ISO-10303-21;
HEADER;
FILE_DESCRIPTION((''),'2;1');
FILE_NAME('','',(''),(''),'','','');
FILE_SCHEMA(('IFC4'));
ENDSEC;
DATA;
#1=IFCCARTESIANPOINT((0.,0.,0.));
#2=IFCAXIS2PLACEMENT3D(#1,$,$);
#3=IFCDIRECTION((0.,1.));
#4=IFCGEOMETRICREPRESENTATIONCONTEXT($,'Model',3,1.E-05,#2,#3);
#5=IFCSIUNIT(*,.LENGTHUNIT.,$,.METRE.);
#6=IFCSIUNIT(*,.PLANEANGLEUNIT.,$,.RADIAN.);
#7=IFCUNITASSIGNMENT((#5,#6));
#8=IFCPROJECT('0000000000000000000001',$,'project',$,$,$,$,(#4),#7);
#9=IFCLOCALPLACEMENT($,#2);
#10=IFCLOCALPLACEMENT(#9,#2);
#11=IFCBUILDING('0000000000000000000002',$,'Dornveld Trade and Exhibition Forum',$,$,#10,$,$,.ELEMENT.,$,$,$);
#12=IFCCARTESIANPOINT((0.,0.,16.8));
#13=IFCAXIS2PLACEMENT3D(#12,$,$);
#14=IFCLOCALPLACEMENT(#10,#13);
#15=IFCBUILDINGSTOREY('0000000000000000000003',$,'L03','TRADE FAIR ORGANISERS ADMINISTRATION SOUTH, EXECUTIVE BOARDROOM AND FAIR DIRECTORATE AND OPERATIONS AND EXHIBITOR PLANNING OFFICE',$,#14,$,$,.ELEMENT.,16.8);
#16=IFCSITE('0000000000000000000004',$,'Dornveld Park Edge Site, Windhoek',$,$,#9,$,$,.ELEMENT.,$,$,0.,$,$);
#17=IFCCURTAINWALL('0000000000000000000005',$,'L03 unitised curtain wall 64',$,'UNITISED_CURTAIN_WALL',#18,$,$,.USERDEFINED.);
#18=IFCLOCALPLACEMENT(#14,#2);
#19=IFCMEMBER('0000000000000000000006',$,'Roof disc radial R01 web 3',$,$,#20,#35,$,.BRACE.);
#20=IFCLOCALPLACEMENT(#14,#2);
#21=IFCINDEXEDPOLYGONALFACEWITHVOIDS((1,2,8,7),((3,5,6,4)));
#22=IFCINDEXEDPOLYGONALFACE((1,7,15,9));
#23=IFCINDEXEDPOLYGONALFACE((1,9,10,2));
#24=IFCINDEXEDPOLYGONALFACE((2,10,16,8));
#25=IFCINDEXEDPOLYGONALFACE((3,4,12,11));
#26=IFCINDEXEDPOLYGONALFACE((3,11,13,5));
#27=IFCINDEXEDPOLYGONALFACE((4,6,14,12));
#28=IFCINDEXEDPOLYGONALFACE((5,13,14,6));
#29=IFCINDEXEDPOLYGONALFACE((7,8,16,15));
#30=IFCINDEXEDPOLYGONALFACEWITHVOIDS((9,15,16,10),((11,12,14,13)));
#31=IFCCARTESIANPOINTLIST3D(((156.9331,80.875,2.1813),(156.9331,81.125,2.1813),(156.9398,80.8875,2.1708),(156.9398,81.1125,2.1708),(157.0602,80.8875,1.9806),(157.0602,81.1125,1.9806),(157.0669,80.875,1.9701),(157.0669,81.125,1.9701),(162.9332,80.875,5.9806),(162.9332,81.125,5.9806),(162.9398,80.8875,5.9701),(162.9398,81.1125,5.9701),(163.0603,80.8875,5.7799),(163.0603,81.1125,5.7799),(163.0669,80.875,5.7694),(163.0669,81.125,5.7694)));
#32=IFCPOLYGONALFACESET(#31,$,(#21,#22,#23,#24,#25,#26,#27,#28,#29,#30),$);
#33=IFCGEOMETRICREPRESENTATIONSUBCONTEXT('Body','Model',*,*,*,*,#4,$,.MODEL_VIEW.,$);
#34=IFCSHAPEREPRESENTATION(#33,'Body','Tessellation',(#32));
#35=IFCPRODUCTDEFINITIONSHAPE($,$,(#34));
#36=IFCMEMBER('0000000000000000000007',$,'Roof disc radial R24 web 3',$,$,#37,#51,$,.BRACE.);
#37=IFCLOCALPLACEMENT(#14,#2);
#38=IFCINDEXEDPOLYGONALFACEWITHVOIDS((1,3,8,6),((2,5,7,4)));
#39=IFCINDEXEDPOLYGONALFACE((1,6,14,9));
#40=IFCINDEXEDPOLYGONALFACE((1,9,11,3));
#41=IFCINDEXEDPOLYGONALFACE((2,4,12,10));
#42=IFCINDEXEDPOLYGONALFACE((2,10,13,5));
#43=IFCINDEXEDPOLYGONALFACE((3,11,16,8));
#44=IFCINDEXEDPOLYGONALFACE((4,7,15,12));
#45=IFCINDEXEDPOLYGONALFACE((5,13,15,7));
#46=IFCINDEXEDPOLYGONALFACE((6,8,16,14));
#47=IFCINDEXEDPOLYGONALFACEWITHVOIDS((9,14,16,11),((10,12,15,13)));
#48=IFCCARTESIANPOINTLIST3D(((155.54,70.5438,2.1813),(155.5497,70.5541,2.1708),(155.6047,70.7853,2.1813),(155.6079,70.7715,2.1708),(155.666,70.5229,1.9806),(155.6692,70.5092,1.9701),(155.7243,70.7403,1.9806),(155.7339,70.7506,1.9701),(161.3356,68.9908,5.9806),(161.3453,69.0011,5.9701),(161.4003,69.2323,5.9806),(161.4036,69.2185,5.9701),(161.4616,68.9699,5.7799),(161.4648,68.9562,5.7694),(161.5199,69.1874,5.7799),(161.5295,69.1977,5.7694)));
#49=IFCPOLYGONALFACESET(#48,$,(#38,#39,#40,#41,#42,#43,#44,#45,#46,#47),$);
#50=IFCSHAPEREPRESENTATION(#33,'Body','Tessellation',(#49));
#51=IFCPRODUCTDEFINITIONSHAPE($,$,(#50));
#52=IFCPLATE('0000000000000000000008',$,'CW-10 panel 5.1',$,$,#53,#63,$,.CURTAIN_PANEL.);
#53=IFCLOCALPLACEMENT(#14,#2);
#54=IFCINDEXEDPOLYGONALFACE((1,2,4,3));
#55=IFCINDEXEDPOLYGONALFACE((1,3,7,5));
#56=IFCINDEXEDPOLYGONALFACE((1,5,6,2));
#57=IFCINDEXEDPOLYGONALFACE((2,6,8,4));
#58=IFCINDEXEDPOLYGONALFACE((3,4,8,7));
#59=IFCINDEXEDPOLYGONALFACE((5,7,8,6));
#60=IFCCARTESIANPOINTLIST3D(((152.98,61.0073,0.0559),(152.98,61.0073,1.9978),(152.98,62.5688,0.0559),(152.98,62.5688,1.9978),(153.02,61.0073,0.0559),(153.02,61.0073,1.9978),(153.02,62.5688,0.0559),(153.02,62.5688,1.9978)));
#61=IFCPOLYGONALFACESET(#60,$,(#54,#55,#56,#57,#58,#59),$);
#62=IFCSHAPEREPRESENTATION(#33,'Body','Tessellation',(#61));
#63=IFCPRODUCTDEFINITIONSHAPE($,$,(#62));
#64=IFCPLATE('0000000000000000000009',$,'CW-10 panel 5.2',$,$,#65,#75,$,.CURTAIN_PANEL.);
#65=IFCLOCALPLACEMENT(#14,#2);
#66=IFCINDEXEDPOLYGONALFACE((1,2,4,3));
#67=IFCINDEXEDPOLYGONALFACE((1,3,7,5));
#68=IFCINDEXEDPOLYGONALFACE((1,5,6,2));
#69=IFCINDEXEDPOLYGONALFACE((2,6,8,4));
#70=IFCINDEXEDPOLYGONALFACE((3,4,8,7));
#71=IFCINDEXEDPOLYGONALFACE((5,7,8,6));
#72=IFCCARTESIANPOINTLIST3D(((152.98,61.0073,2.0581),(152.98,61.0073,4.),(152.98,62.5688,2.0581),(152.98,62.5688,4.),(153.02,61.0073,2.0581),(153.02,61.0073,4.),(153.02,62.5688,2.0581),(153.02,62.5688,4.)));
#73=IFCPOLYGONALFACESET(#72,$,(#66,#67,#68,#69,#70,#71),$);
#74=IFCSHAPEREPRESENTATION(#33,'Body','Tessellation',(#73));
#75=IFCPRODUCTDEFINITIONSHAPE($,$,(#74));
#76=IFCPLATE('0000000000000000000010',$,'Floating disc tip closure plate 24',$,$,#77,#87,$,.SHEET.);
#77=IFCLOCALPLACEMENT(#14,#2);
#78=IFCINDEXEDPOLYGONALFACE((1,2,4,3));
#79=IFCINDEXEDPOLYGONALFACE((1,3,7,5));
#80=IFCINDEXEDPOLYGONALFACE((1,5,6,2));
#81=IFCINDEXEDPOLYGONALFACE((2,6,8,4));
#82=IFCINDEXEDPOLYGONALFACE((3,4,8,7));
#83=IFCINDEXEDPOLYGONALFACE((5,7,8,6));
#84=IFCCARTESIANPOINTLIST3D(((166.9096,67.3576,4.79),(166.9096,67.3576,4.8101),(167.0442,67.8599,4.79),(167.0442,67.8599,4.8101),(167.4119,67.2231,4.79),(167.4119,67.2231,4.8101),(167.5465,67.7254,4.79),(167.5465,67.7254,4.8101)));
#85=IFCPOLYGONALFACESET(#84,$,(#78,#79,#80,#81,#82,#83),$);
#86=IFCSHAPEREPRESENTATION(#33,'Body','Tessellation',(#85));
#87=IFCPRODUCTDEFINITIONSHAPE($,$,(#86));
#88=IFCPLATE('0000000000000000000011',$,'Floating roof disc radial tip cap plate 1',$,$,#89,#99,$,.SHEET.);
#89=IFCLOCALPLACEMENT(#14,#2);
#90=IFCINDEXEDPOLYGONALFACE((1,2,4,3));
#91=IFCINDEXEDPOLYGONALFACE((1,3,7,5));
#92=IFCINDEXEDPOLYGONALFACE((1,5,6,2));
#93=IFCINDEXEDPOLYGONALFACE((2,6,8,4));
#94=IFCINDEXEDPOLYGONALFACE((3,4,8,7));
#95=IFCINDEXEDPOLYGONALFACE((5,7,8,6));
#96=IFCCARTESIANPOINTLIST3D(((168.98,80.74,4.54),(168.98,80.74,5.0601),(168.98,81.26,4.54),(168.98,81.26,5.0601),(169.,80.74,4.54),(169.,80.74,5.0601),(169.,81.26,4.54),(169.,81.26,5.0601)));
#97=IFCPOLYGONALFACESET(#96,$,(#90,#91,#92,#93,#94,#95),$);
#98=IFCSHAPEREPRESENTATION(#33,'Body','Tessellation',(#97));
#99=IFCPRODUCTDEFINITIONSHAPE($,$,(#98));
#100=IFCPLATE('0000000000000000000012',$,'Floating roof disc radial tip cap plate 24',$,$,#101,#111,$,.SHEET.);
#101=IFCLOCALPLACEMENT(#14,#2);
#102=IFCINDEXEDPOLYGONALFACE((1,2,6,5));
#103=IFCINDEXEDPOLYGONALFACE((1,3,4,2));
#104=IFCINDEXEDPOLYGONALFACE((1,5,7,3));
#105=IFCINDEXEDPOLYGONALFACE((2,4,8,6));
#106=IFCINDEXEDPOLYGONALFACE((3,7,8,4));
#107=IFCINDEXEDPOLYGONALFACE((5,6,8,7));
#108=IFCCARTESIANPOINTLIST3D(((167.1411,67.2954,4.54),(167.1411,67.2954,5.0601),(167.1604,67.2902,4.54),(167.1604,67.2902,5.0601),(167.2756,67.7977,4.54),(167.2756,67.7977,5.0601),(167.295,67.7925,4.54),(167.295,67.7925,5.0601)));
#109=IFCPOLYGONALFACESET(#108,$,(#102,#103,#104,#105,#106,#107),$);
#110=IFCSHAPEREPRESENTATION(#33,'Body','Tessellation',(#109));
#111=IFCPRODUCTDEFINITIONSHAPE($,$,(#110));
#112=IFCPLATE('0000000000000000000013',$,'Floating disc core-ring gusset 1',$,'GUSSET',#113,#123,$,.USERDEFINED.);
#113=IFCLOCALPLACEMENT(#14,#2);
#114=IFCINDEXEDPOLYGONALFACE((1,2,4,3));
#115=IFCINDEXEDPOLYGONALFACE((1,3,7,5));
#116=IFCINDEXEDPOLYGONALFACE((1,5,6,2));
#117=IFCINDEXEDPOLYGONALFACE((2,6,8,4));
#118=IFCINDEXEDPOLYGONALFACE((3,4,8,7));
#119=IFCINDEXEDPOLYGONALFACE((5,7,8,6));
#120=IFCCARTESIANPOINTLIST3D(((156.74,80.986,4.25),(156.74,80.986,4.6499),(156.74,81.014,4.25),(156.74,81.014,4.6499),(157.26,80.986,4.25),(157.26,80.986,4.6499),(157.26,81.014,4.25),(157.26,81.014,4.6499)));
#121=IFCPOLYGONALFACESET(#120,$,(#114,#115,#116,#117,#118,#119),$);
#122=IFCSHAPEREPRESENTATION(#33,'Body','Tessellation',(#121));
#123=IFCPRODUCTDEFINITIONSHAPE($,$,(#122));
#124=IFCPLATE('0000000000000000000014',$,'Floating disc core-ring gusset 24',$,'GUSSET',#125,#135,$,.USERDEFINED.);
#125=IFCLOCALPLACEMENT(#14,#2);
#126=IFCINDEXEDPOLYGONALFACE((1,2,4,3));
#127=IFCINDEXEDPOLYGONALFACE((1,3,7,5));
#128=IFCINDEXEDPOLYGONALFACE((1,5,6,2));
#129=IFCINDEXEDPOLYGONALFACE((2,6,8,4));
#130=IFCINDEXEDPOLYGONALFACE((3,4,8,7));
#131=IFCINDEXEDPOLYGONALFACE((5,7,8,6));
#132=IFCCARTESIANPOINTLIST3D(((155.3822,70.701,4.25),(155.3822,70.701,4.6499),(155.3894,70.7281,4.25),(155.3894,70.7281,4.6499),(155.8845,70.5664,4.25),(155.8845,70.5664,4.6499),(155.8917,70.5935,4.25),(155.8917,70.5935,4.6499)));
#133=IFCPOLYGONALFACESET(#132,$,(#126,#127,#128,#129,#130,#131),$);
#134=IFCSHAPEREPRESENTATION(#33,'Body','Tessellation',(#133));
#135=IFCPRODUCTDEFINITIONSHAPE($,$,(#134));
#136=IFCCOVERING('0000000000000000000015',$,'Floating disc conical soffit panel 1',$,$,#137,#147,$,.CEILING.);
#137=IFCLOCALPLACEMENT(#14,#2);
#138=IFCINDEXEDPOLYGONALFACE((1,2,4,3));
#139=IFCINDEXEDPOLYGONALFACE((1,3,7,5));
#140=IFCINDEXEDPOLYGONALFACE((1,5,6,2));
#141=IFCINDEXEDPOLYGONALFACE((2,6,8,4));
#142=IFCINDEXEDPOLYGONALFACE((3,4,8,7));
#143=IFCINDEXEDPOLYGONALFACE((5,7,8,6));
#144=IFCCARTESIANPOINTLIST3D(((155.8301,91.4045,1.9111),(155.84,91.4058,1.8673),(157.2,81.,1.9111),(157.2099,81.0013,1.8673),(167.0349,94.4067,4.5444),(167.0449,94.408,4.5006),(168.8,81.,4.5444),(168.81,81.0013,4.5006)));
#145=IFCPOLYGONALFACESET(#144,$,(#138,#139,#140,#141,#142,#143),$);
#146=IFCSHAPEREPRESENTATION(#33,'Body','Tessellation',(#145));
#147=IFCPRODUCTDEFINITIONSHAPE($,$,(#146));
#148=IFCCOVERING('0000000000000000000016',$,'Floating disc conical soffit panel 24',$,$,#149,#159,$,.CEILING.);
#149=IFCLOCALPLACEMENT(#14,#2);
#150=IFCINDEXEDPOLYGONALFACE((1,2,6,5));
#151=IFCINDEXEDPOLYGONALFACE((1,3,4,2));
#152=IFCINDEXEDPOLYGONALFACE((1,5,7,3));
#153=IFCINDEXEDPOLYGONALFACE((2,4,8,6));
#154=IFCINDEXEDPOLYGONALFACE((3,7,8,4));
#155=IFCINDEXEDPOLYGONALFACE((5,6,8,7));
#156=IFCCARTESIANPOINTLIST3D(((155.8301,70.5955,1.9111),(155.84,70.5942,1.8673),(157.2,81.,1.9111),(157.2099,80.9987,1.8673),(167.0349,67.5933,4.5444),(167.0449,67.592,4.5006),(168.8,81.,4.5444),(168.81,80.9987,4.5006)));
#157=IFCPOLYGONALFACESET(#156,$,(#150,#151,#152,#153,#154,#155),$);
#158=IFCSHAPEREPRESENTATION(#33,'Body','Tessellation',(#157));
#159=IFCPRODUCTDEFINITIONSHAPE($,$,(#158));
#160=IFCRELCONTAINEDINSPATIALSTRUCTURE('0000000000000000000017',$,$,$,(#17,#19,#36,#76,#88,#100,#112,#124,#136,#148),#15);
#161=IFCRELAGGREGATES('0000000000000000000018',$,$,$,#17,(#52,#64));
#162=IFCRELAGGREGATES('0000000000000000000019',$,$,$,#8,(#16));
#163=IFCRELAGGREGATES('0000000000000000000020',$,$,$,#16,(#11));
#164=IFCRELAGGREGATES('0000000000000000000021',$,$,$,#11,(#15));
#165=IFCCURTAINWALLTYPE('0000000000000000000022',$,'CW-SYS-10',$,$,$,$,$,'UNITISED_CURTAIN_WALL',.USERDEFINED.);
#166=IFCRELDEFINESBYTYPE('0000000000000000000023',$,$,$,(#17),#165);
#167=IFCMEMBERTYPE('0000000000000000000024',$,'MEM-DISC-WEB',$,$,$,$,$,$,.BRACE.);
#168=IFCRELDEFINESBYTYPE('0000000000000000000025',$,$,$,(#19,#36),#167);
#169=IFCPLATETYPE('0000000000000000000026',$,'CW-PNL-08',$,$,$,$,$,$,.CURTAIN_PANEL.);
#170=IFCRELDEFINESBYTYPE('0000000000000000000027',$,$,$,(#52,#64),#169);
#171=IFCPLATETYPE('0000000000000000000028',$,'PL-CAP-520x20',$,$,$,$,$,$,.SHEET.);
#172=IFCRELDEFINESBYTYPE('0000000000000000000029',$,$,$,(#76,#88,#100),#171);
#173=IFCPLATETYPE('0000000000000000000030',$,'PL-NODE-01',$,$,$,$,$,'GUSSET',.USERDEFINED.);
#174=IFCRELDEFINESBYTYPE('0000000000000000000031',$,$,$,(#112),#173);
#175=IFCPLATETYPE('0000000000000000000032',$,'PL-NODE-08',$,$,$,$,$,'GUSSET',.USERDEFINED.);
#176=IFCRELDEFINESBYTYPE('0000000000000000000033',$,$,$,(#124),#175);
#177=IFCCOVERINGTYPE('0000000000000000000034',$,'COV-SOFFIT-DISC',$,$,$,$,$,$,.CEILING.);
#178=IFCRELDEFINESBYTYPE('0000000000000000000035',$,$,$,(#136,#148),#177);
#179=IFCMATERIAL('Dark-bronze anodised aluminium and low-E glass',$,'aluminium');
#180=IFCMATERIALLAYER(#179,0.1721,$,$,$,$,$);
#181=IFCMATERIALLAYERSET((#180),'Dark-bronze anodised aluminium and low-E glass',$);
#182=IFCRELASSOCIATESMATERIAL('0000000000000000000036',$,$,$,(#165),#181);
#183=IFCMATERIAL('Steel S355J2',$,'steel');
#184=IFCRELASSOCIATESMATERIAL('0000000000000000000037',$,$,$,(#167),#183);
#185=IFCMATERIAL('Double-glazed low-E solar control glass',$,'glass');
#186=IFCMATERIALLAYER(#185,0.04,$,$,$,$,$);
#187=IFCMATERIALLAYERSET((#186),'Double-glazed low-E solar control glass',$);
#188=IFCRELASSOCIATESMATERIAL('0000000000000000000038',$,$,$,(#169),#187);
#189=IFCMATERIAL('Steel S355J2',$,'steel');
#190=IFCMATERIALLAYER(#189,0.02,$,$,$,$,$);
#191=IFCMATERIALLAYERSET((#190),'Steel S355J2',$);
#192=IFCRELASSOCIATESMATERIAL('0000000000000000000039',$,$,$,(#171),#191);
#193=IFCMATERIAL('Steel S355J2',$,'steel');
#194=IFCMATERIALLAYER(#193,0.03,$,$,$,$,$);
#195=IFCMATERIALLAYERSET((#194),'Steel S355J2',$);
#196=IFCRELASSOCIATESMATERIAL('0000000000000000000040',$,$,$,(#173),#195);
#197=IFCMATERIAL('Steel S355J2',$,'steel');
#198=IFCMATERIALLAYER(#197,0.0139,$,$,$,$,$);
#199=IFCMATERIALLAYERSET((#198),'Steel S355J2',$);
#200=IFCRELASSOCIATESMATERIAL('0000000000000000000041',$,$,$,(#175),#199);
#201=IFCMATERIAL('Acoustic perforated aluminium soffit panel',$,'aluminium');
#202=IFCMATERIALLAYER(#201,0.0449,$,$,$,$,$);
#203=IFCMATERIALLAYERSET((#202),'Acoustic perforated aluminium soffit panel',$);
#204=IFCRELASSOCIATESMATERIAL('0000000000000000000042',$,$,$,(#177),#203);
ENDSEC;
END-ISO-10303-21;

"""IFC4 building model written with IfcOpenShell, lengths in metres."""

from ifc_helpers import new_model, si_unit, direction, frame, origin, origin_2d, place, context, subcontext, project, spatial, polyline, rectangle, hollow_rectangle, outline, extrude, material, layer, layer_set, material_profile, profile_set, type_object, element, aggregate, save


model = new_model("IFC4")

# Units and contexts
model_context = context("Model", 3, precision=1e-05, world=origin(), true_north=direction((0.0, 1.0)))
body_context = subcontext(model_context, "Body", "Model", "MODEL_VIEW")
ifc_project = project(units=[si_unit("LENGTHUNIT", "METRE"), si_unit("PLANEANGLEUNIT", "RADIAN")], contexts=[model_context])

# Site, building, storey
site_placement = place(None, origin())
site = spatial("IfcSite", under=ifc_project, at=site_placement, Name="Dornveld Park Edge Site, Windhoek", CompositionType="ELEMENT", RefElevation=0.0)
building_placement = place(site_placement, origin())
building = spatial("IfcBuilding", under=site, at=building_placement, Name="Dornveld Trade and Exhibition Forum", CompositionType="ELEMENT")
storey_placement = place(building_placement, frame((0.0, 0.0, 16.8)))
storey = spatial("IfcBuildingStorey", under=building, at=storey_placement, Name="L03", Description="TRADE FAIR ORGANISERS ADMINISTRATION SOUTH, EXECUTIVE BOARDROOM AND FAIR DIRECTORATE AND OPERATIONS AND EXHIBITOR PLANNING OFFICE", CompositionType="ELEMENT", Elevation=16.8)

# Curtain wall
ifc_material_1 = material(Name="Dark-bronze anodised aluminium and low-E glass", Category="aluminium")
ifc_layer_1 = layer(ifc_material_1, 0.1721)
ifc_layer_set_1 = layer_set([ifc_layer_1], Name="Dark-bronze anodised aluminium and low-E glass")
curtain_wall_type = type_object("IfcCurtainWallType", Name="CW-SYS-10", ElementType="UNITISED_CURTAIN_WALL", PredefinedType="USERDEFINED", material=ifc_layer_set_1)
curtain_wall_placement = place(storey_placement, origin())
curtain_wall = element("IfcCurtainWall", 1, at=curtain_wall_placement, inside=storey, type_object=curtain_wall_type, Name="L03 unitised curtain wall 64", ObjectType="UNITISED_CURTAIN_WALL", PredefinedType="USERDEFINED")

# Members
ifc_material_2 = material(Name="Steel S355J2", Category="steel")
ifc_material_profile_1 = material_profile(ifc_material_2, hollow_rectangle(XDim=0.25, YDim=0.25, WallThickness=0.0125, at=origin_2d()), Name="SHS 250x250x12.5")
ifc_profile_set_1 = profile_set([ifc_material_profile_1], Name="Steel S355J2")
member_type_1 = type_object("IfcMemberType", Name="MEM-DISC-WEB", PredefinedType="BRACE", material=ifc_profile_set_1)
for number, where, z_axis, x_axis, name in (
    (2, (157.0, 81.0, 2.0757), (0.844863, 0.0, 0.534983), (0.0, 1.0, 0.0), "Roof disc radial R01 web 3"),
    (3, (155.637, 70.6472, 2.0757), (0.816078, -0.218673, 0.534976), (0.258825, 0.965924, 0.0), "Roof disc radial R24 web 3"),
):
    element("IfcMember", number, at=place(storey_placement, frame(where, z_axis=z_axis, x_axis=x_axis)), inside=storey, type_object=member_type_1, Name=name, PredefinedType="BRACE", context=body_context, shape_type="SweptSolid", body=[
        extrude(hollow_rectangle(XDim=0.25, YDim=0.25, WallThickness=0.0125, at=origin_2d()), origin(), (0.0, 0.0, 1.0), 7.1018),
    ])

# Plates
ifc_material_3 = material(Name="Double-glazed low-E solar control glass", Category="glass")
ifc_layer_2 = layer(ifc_material_3, 0.04)
ifc_layer_set_2 = layer_set([ifc_layer_2], Name="Double-glazed low-E solar control glass")
plate_type_1 = type_object("IfcPlateType", Name="CW-PNL-08", PredefinedType="CURTAIN_PANEL", material=ifc_layer_set_2)
plate_1_placement = place(storey_placement, frame((153.0, 61.7881, 0.0559), z_axis=(0.0, 0.0, 1.0), x_axis=(0.0, 1.0, 0.0)))
plate_1 = element("IfcPlate", 4, at=plate_1_placement, type_object=plate_type_1, Name="CW-10 panel 5.1", PredefinedType="CURTAIN_PANEL", context=body_context, shape_type="SweptSolid", body=[
    extrude(rectangle(XDim=1.5615, YDim=0.04, at=origin_2d()), origin(), (0.0, 0.0, 1.0), 1.9419),
])
plate_2_placement = place(storey_placement, frame((153.0, 61.7881, 2.0581), z_axis=(0.0, 0.0, 1.0), x_axis=(0.0, 1.0, 0.0)))
plate_2 = element("IfcPlate", 5, at=plate_2_placement, type_object=plate_type_1, Name="CW-10 panel 5.2", PredefinedType="CURTAIN_PANEL", context=body_context, shape_type="SweptSolid", body=[
    extrude(rectangle(XDim=1.5615, YDim=0.04, at=origin_2d()), origin(), (0.0, 0.0, 1.0), 1.9419),
])
aggregate(curtain_wall, [plate_1, plate_2])

# Plates
ifc_material_4 = material(Name="Steel S355J2", Category="steel")
ifc_layer_3 = layer(ifc_material_4, 0.02)
ifc_layer_set_3 = layer_set([ifc_layer_3], Name="Steel S355J2")
plate_type_2 = type_object("IfcPlateType", Name="PL-CAP-520x20", PredefinedType="SHEET", material=ifc_layer_set_3)
plate_3_placement = place(storey_placement, frame((167.228, 67.5415, 4.79), z_axis=(0.0, 0.0, 1.0), x_axis=(0.965926, -0.258819, 0.0)))
element("IfcPlate", 6, at=plate_3_placement, inside=storey, type_object=plate_type_2, Name="Floating disc tip closure plate 24", PredefinedType="SHEET", context=body_context, shape_type="SweptSolid", body=[
    extrude(rectangle(XDim=0.52, YDim=0.52, at=origin_2d()), origin(), (0.0, 0.0, 1.0), 0.02),
])
for number, where, z_axis, x_axis, name in (
    (7, (168.99, 81.0, 4.54), (0.0, 0.0, 1.0), (1.0, 0.0, 0.0), "Floating roof disc radial tip cap plate 1"),
    (8, (167.218, 67.5439, 4.54), (0.0, 0.0, 1.0), (0.965926, -0.258819, 0.0), "Floating roof disc radial tip cap plate 24"),
):
    element("IfcPlate", number, at=place(storey_placement, frame(where, z_axis=z_axis, x_axis=x_axis)), inside=storey, type_object=plate_type_2, Name=name, PredefinedType="SHEET", context=body_context, shape_type="SweptSolid", body=[
        extrude(rectangle(XDim=0.02, YDim=0.52, at=origin_2d()), origin(), (0.0, 0.0, 1.0), 0.52),
    ])
ifc_material_5 = material(Name="Steel S355J2", Category="steel")
ifc_layer_4 = layer(ifc_material_5, 0.03)
ifc_layer_set_4 = layer_set([ifc_layer_4], Name="Steel S355J2")
plate_type_3 = type_object("IfcPlateType", Name="PL-NODE-01", ElementType="GUSSET", PredefinedType="USERDEFINED", material=ifc_layer_set_4)
plate_4_placement = place(storey_placement, frame((157.0, 81.0, 4.25), z_axis=(0.0, 0.0, 1.0), x_axis=(1.0, 0.0, 0.0)))
element("IfcPlate", 9, at=plate_4_placement, inside=storey, type_object=plate_type_3, Name="Floating disc core-ring gusset 1", ObjectType="GUSSET", PredefinedType="USERDEFINED", context=body_context, shape_type="SweptSolid", body=[
    extrude(rectangle(XDim=0.52, YDim=0.0281, at=origin_2d()), origin(), (0.0, 0.0, 1.0), 0.3999),
])
ifc_material_6 = material(Name="Steel S355J2", Category="steel")
ifc_layer_5 = layer(ifc_material_6, 0.0139)
ifc_layer_set_5 = layer_set([ifc_layer_5], Name="Steel S355J2")
plate_type_4 = type_object("IfcPlateType", Name="PL-NODE-08", ElementType="GUSSET", PredefinedType="USERDEFINED", material=ifc_layer_set_5)
plate_5_placement = place(storey_placement, frame((155.637, 70.6472, 4.25), z_axis=(0.0, 0.0, 1.0), x_axis=(0.965926, -0.258819, 0.0)))
element("IfcPlate", 10, at=plate_5_placement, inside=storey, type_object=plate_type_4, Name="Floating disc core-ring gusset 24", ObjectType="GUSSET", PredefinedType="USERDEFINED", context=body_context, shape_type="SweptSolid", body=[
    extrude(rectangle(XDim=0.52, YDim=0.0281, at=origin_2d()), origin(), (0.0, 0.0, 1.0), 0.3999),
])

# Coverings
ifc_material_7 = material(Name="Acoustic perforated aluminium soffit panel", Category="aluminium")
ifc_layer_6 = layer(ifc_material_7, 0.0449)
ifc_layer_set_6 = layer_set([ifc_layer_6], Name="Acoustic perforated aluminium soffit panel")
covering_type = type_object("IfcCoveringType", Name="COV-SOFFIT-DISC", PredefinedType="CEILING", material=ifc_layer_set_6)
covering_1_placement = place(storey_placement, frame((157.2, 81.0, 1.9111), z_axis=(-0.22128, -0.029134, 0.974775), x_axis=(0.975189, 0.0, 0.221374)))
element("IfcCovering", 11, at=covering_1_placement, inside=storey, type_object=covering_type, Name="Floating disc conical soffit panel 1", PredefinedType="CEILING", context=body_context, shape_type="SweptSolid", body=[
    extrude(outline(polyline([(0.0, 0.0), (11.8952, 0.0), (10.1739, 13.4124), (-1.3359, 10.409), (0.0, 0.0)])), origin(), (0.0, 0.0, -1.0), 0.0449),
])
covering_2_placement = place(storey_placement, frame((155.8301, 70.5955, 1.9111), z_axis=(-0.22128, 0.029134, 0.974775), x_axis=(0.941963, -0.252387, 0.221375)))
element("IfcCovering", 12, at=covering_2_placement, inside=storey, type_object=covering_type, Name="Floating disc conical soffit panel 24", PredefinedType="CEILING", context=body_context, shape_type="SweptSolid", body=[
    extrude(outline(polyline([(0.0, 0.0), (11.8952, 0.0), (10.1742, 13.4125), (-1.3356, 10.409), (0.0, 0.0)])), origin(), (0.0, 0.0, -1.0), 0.0449),
])

save(model, "model.ifc")
